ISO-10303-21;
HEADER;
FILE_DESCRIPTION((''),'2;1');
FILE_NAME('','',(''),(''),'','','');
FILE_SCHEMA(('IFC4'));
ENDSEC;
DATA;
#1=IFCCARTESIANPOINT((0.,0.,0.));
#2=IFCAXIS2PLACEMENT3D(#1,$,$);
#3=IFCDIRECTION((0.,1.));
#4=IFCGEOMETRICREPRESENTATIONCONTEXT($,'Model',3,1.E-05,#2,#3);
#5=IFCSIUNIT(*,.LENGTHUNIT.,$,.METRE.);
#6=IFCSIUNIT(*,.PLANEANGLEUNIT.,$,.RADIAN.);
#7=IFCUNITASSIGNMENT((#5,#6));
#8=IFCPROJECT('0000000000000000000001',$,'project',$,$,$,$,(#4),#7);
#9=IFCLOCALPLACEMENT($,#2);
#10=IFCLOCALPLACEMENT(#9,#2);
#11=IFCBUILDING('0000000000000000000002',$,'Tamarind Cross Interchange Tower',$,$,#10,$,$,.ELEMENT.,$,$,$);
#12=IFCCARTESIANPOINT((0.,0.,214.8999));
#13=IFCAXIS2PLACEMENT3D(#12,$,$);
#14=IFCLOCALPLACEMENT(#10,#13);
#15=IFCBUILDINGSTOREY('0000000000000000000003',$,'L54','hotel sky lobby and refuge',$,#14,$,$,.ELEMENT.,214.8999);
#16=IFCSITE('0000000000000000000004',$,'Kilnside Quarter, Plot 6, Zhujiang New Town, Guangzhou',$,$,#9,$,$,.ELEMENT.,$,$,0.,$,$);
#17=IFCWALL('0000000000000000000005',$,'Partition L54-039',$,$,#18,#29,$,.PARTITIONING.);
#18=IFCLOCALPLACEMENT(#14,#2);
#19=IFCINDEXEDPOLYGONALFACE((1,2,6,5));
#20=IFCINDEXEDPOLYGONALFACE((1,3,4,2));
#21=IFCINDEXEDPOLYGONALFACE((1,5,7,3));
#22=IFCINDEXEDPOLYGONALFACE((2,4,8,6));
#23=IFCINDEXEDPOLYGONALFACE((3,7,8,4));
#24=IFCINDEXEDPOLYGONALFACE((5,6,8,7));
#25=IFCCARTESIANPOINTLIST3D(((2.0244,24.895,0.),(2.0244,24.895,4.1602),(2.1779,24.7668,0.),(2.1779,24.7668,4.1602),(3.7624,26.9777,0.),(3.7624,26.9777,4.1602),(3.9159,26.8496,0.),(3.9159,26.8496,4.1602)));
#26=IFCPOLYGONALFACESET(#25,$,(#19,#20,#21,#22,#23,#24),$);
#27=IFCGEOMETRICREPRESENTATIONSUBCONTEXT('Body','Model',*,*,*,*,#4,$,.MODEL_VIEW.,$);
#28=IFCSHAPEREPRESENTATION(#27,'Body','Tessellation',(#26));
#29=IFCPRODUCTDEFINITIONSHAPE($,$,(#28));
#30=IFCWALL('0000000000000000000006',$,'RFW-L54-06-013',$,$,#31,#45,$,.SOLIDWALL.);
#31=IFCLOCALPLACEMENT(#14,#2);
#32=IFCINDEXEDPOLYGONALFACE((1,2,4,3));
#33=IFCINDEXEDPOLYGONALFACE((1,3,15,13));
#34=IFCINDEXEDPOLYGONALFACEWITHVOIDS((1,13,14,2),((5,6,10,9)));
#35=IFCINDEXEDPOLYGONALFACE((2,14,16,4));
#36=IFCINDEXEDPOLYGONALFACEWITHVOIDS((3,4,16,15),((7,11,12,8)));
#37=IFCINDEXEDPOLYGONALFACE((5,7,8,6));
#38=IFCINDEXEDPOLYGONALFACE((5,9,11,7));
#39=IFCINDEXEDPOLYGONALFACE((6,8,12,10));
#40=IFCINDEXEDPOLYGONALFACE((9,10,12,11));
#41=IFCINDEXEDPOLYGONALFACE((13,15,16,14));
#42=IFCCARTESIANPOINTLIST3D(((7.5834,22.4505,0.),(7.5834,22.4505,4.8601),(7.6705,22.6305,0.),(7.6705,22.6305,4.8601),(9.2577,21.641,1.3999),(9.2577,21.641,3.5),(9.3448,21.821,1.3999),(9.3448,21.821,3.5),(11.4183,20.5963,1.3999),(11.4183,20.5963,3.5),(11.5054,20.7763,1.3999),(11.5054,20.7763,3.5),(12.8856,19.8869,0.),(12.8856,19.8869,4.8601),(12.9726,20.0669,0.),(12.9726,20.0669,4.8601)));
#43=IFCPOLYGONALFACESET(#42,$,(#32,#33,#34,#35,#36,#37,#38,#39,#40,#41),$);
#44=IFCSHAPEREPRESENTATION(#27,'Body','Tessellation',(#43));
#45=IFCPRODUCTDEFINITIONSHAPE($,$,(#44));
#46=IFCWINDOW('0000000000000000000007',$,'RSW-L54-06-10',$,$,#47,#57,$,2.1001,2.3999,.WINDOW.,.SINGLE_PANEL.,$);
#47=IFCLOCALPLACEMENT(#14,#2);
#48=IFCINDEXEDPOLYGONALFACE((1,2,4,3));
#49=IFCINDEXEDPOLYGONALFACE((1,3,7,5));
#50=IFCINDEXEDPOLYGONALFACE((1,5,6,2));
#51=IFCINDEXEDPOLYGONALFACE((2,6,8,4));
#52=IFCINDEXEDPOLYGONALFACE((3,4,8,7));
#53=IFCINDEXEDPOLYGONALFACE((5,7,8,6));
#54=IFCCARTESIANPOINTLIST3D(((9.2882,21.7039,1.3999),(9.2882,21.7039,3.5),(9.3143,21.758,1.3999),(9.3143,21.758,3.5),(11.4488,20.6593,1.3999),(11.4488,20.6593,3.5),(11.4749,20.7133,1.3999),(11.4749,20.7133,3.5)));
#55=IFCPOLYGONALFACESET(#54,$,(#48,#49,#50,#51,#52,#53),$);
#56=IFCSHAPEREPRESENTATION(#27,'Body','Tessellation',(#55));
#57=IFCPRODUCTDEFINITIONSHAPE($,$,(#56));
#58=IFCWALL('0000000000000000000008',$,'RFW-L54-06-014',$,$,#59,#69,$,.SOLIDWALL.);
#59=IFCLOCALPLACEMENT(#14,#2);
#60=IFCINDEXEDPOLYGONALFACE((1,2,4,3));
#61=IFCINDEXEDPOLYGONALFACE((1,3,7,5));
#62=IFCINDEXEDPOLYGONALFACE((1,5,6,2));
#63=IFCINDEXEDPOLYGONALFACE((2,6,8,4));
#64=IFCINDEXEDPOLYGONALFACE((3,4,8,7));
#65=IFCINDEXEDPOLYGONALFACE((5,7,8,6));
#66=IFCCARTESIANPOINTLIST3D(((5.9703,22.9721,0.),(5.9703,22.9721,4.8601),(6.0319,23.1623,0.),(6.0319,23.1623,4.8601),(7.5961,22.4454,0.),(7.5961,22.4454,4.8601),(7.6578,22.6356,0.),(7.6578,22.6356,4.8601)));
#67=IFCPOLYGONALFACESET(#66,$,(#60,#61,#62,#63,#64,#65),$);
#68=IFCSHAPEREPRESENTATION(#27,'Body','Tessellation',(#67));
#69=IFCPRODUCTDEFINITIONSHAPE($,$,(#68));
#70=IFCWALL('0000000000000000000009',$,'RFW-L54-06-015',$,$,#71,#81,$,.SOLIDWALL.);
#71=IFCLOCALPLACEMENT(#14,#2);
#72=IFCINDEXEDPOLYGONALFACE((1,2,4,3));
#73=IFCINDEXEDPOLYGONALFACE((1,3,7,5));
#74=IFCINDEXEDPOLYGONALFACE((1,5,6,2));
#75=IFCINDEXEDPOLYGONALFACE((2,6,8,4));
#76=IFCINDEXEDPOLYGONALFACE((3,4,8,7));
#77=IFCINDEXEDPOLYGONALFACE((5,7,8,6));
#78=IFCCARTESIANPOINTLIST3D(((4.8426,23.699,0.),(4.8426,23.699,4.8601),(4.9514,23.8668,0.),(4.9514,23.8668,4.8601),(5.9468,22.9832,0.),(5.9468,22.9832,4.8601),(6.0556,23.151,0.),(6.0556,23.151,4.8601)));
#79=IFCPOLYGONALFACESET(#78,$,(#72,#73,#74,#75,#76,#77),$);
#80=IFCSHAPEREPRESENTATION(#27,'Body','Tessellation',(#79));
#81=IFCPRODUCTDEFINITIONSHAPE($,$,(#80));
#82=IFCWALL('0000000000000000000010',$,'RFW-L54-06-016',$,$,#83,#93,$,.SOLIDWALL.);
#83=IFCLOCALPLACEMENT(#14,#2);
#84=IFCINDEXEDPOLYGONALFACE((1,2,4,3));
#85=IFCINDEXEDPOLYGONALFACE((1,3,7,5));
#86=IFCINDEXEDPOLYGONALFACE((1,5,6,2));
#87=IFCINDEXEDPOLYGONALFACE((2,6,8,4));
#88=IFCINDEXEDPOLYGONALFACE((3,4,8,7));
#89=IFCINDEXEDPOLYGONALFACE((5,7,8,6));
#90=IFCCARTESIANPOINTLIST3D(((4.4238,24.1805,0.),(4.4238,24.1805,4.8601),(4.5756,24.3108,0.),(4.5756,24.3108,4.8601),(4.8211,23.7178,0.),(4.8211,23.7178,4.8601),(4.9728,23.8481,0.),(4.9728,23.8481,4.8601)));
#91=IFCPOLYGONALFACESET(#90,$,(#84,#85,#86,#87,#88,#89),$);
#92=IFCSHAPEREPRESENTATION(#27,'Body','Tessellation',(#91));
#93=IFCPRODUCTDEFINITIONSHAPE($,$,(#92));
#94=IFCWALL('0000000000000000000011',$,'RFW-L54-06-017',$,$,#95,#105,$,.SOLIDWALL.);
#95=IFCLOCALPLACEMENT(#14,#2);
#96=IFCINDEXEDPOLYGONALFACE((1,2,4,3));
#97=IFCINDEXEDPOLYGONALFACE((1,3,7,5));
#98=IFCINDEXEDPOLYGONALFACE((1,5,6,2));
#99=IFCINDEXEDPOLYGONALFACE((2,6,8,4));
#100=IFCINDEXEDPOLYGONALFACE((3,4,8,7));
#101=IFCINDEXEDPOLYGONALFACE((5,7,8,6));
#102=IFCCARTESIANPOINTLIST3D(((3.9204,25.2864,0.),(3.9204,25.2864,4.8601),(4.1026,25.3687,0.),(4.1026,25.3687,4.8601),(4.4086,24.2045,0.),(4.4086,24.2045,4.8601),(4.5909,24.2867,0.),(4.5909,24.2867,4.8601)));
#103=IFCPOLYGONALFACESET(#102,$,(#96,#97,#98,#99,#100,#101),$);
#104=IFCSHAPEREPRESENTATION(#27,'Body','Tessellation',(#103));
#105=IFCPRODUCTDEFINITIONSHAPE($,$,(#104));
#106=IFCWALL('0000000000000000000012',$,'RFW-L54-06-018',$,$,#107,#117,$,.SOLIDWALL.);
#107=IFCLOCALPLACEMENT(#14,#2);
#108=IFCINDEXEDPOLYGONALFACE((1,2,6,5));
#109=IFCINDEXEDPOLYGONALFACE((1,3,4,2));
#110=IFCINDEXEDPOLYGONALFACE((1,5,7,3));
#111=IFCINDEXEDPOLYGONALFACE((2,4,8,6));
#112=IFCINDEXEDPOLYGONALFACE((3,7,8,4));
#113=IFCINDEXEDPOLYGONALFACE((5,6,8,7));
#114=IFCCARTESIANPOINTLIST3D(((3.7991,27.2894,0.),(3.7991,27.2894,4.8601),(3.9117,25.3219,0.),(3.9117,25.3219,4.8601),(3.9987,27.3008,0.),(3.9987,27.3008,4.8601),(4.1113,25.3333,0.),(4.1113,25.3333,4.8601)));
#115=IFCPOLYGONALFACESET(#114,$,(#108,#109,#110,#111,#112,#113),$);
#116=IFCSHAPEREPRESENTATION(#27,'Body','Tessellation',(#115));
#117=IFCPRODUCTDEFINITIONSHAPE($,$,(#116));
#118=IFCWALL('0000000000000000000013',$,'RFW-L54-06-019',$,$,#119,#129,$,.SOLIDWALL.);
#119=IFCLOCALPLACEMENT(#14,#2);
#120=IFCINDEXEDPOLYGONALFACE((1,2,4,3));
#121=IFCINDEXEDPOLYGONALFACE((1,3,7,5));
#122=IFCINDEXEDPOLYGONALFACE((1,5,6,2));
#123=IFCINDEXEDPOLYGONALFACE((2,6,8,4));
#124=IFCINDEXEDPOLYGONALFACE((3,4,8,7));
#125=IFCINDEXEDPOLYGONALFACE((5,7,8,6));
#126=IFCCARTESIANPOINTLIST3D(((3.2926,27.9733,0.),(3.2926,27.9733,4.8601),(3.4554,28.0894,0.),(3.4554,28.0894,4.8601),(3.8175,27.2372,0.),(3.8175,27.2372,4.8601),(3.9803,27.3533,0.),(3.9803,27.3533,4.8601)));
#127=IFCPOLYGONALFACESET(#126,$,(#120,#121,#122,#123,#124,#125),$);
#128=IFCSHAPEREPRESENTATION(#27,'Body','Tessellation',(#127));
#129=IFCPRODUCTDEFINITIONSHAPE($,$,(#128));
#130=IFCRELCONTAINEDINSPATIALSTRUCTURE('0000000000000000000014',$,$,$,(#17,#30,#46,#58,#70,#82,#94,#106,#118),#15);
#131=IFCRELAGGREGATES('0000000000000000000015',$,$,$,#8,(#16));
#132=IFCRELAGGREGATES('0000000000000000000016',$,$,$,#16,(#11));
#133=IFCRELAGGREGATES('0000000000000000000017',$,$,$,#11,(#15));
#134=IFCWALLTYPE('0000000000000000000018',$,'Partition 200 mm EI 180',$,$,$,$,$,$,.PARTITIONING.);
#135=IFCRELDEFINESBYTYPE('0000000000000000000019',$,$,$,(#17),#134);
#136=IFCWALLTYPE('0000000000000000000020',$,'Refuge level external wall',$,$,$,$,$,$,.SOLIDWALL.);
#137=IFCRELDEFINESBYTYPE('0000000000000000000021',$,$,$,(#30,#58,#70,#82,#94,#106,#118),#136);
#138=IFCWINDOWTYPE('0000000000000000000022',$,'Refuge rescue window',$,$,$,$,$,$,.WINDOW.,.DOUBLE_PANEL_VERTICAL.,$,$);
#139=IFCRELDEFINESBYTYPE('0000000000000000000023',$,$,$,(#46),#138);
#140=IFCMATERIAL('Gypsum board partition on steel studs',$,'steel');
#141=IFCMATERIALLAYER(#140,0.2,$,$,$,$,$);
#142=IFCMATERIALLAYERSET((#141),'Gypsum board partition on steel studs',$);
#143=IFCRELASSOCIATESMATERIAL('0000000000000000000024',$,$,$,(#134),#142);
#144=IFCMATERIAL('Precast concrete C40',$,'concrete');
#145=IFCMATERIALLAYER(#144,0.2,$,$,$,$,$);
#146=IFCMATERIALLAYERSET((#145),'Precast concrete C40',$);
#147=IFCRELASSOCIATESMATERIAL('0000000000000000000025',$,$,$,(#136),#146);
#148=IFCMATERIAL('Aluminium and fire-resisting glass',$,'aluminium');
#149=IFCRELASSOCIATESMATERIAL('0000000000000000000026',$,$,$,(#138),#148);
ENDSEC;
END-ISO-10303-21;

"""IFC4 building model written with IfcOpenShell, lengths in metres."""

from ifc_helpers import new_model, si_unit, direction, frame, frame_2d, origin, place, context, subcontext, project, spatial, rectangle, extrude, material, layer, layer_set, type_object, element, fill, save


model = new_model("IFC4")

# Units and contexts
model_context = context("Model", 3, precision=1e-05, world=origin(), true_north=direction((0.0, 1.0)))
body_context = subcontext(model_context, "Body", "Model", "MODEL_VIEW")
ifc_project = project(units=[si_unit("LENGTHUNIT", "METRE"), si_unit("PLANEANGLEUNIT", "RADIAN")], contexts=[model_context])

# Site, building, storey
site_placement = place(None, origin())
site = spatial("IfcSite", under=ifc_project, at=site_placement, Name="Kilnside Quarter, Plot 6, Zhujiang New Town, Guangzhou", CompositionType="ELEMENT", RefElevation=0.0)
building_placement = place(site_placement, origin())
building = spatial("IfcBuilding", under=site, at=building_placement, Name="Tamarind Cross Interchange Tower", CompositionType="ELEMENT")
storey_placement = place(building_placement, frame((0.0, 0.0, 214.8999)))
storey = spatial("IfcBuildingStorey", under=building, at=storey_placement, Name="L54", Description="hotel sky lobby and refuge", CompositionType="ELEMENT", Elevation=214.8999)

# Shared definitions
ifc_material_1 = material(Name="Gypsum board partition on steel studs", Category="steel")

# Shared definitions
ifc_layer_1 = layer(ifc_material_1, 0.2)
ifc_layer_set_1 = layer_set([ifc_layer_1], Name="Gypsum board partition on steel studs")
wall_type_1 = type_object("IfcWallType", Name="Partition 200 mm EI 180", PredefinedType="PARTITIONING", material=ifc_layer_set_1)

# Wall
wall_1_placement = place(storey_placement, frame((2.1011, 24.8308, 0.0), z_axis=(0.0, 0.0, 1.0), x_axis=(0.640707, 0.767786, 0.0)))
element("IfcWall", 1, at=wall_1_placement, inside=storey, type_object=wall_type_1, Name="Partition L54-039", PredefinedType="PARTITIONING", context=body_context, shape_type="SweptSolid", body=[
    extrude(rectangle(XDim=2.7126, YDim=0.2, at=frame_2d((1.3564, 0.0))), origin(), (0.0, 0.0, 1.0), 4.1602),
])

# Wall, opening, window
ifc_material_2 = material(Name="Precast concrete C40", Category="concrete")
ifc_layer_2 = layer(ifc_material_2, 0.2)
ifc_layer_set_2 = layer_set([ifc_layer_2], Name="Precast concrete C40")
wall_type_2 = type_object("IfcWallType", Name="Refuge level external wall", PredefinedType="SOLIDWALL", material=ifc_layer_set_2)
wall_2_placement = place(storey_placement, frame((12.9292, 19.9768, 0.0), z_axis=(0.0, 0.0, 1.0), x_axis=(-0.900285, 0.435302, 0.0)))
wall_2 = element("IfcWall", 2, at=wall_2_placement, inside=storey, type_object=wall_type_2, Name="RFW-L54-06-013", PredefinedType="SOLIDWALL", context=body_context, shape_type="SweptSolid", body=[
    extrude(rectangle(XDim=5.8894, YDim=0.2, at=frame_2d((2.9448, 0.0))), origin(), (0.0, 0.0, 1.0), 4.8601),
])
opening_1_placement = place(wall_2_placement, frame((1.6299, 0.0, 1.3999)))
opening_1 = element("IfcOpeningElement", 3, at=opening_1_placement, cuts=wall_2, PredefinedType="OPENING", context=body_context, shape_type="SweptSolid", body=[
    extrude(rectangle(XDim=2.3999, YDim=2.1001, at=frame_2d((1.2, 1.05))), frame((0.0, 0.1099, 0.0), z_axis=(0.0, -1.0, 0.0), x_axis=(1.0, 0.0, 0.0)), (0.0, 0.0, 1.0), 0.22),
])
ifc_material_3 = material(Name="Aluminium and fire-resisting glass", Category="aluminium")
window_type = type_object("IfcWindowType", Name="Refuge rescue window", PartitioningType="DOUBLE_PANEL_VERTICAL", PredefinedType="WINDOW", material=ifc_material_3)
window_placement = place(opening_1_placement, origin())
window = element("IfcWindow", 4, at=window_placement, inside=storey, type_object=window_type, Name="RSW-L54-06-10", OverallHeight=2.1001, OverallWidth=2.3999, PartitioningType="SINGLE_PANEL", PredefinedType="WINDOW", context=body_context, shape_type="SweptSolid", body=[
    extrude(rectangle(XDim=2.3999, YDim=2.1001, at=frame_2d((1.2, 1.05))), frame((0.0, 0.03, 0.0), z_axis=(0.0, -1.0, 0.0), x_axis=(1.0, 0.0, 0.0)), (0.0, 0.0, 1.0), 0.0601),
])
fill(opening_1, window)

# Walls
wall_3_placement = place(storey_placement, frame((7.627, 22.5405, 0.0), z_axis=(0.0, 0.0, 1.0), x_axis=(-0.951335, 0.308159, 0.0)))
element("IfcWall", 5, at=wall_3_placement, inside=storey, type_object=wall_type_2, Name="RFW-L54-06-014", PredefinedType="SOLIDWALL", context=body_context, shape_type="SweptSolid", body=[
    extrude(rectangle(XDim=1.709, YDim=0.2, at=frame_2d((0.8545, 0.0))), origin(), (0.0, 0.0, 1.0), 4.8601),
])
wall_4_placement = place(storey_placement, frame((6.0012, 23.0671, 0.0), z_axis=(0.0, 0.0, 1.0), x_axis=(-0.839117, 0.543951, 0.0)))
element("IfcWall", 6, at=wall_4_placement, inside=storey, type_object=wall_type_2, Name="RFW-L54-06-015", PredefinedType="SOLIDWALL", context=body_context, shape_type="SweptSolid", body=[
    extrude(rectangle(XDim=1.3159, YDim=0.2, at=frame_2d((0.658, 0.0))), origin(), (0.0, 0.0, 1.0), 4.8601),
])
wall_5_placement = place(storey_placement, frame((4.897, 23.783, 0.0), z_axis=(0.0, 0.0, 1.0), x_axis=(-0.651418, 0.758719, 0.0)))
element("IfcWall", 7, at=wall_5_placement, inside=storey, type_object=wall_type_2, Name="RFW-L54-06-016", PredefinedType="SOLIDWALL", context=body_context, shape_type="SweptSolid", body=[
    extrude(rectangle(XDim=0.6099, YDim=0.2, at=frame_2d((0.3049, 0.0))), origin(), (0.0, 0.0, 1.0), 4.8601),
])
wall_6_placement = place(storey_placement, frame((4.4998, 24.2456, 0.0), z_axis=(0.0, 0.0, 1.0), x_axis=(-0.411322, 0.91149, 0.0)))
element("IfcWall", 8, at=wall_6_placement, inside=storey, type_object=wall_type_2, Name="RFW-L54-06-017", PredefinedType="SOLIDWALL", context=body_context, shape_type="SweptSolid", body=[
    extrude(rectangle(XDim=1.187, YDim=0.2, at=frame_2d((0.5935, 0.0))), origin(), (0.0, 0.0, 1.0), 4.8601),
])
wall_7_placement = place(storey_placement, frame((4.0115, 25.3276, 0.0), z_axis=(0.0, 0.0, 1.0), x_axis=(-0.05711, 0.998368, 0.0)))
element("IfcWall", 9, at=wall_7_placement, inside=storey, type_object=wall_type_2, Name="RFW-L54-06-018", PredefinedType="SOLIDWALL", context=body_context, shape_type="SweptSolid", body=[
    extrude(rectangle(XDim=1.9707, YDim=0.2, at=frame_2d((0.9854, 0.0))), origin(), (0.0, 0.0, 1.0), 4.8601),
])
wall_8_placement = place(storey_placement, frame((3.8989, 27.2952, 0.0), z_axis=(0.0, 0.0, 1.0), x_axis=(-0.580599, 0.814189, 0.0)))
element("IfcWall", 10, at=wall_8_placement, inside=storey, type_object=wall_type_2, Name="RFW-L54-06-019", PredefinedType="SOLIDWALL", context=body_context, shape_type="SweptSolid", body=[
    extrude(rectangle(XDim=0.9041, YDim=0.2, at=frame_2d((0.4521, 0.0))), origin(), (0.0, 0.0, 1.0), 4.8601),
])

save(model, "model.ifc")
